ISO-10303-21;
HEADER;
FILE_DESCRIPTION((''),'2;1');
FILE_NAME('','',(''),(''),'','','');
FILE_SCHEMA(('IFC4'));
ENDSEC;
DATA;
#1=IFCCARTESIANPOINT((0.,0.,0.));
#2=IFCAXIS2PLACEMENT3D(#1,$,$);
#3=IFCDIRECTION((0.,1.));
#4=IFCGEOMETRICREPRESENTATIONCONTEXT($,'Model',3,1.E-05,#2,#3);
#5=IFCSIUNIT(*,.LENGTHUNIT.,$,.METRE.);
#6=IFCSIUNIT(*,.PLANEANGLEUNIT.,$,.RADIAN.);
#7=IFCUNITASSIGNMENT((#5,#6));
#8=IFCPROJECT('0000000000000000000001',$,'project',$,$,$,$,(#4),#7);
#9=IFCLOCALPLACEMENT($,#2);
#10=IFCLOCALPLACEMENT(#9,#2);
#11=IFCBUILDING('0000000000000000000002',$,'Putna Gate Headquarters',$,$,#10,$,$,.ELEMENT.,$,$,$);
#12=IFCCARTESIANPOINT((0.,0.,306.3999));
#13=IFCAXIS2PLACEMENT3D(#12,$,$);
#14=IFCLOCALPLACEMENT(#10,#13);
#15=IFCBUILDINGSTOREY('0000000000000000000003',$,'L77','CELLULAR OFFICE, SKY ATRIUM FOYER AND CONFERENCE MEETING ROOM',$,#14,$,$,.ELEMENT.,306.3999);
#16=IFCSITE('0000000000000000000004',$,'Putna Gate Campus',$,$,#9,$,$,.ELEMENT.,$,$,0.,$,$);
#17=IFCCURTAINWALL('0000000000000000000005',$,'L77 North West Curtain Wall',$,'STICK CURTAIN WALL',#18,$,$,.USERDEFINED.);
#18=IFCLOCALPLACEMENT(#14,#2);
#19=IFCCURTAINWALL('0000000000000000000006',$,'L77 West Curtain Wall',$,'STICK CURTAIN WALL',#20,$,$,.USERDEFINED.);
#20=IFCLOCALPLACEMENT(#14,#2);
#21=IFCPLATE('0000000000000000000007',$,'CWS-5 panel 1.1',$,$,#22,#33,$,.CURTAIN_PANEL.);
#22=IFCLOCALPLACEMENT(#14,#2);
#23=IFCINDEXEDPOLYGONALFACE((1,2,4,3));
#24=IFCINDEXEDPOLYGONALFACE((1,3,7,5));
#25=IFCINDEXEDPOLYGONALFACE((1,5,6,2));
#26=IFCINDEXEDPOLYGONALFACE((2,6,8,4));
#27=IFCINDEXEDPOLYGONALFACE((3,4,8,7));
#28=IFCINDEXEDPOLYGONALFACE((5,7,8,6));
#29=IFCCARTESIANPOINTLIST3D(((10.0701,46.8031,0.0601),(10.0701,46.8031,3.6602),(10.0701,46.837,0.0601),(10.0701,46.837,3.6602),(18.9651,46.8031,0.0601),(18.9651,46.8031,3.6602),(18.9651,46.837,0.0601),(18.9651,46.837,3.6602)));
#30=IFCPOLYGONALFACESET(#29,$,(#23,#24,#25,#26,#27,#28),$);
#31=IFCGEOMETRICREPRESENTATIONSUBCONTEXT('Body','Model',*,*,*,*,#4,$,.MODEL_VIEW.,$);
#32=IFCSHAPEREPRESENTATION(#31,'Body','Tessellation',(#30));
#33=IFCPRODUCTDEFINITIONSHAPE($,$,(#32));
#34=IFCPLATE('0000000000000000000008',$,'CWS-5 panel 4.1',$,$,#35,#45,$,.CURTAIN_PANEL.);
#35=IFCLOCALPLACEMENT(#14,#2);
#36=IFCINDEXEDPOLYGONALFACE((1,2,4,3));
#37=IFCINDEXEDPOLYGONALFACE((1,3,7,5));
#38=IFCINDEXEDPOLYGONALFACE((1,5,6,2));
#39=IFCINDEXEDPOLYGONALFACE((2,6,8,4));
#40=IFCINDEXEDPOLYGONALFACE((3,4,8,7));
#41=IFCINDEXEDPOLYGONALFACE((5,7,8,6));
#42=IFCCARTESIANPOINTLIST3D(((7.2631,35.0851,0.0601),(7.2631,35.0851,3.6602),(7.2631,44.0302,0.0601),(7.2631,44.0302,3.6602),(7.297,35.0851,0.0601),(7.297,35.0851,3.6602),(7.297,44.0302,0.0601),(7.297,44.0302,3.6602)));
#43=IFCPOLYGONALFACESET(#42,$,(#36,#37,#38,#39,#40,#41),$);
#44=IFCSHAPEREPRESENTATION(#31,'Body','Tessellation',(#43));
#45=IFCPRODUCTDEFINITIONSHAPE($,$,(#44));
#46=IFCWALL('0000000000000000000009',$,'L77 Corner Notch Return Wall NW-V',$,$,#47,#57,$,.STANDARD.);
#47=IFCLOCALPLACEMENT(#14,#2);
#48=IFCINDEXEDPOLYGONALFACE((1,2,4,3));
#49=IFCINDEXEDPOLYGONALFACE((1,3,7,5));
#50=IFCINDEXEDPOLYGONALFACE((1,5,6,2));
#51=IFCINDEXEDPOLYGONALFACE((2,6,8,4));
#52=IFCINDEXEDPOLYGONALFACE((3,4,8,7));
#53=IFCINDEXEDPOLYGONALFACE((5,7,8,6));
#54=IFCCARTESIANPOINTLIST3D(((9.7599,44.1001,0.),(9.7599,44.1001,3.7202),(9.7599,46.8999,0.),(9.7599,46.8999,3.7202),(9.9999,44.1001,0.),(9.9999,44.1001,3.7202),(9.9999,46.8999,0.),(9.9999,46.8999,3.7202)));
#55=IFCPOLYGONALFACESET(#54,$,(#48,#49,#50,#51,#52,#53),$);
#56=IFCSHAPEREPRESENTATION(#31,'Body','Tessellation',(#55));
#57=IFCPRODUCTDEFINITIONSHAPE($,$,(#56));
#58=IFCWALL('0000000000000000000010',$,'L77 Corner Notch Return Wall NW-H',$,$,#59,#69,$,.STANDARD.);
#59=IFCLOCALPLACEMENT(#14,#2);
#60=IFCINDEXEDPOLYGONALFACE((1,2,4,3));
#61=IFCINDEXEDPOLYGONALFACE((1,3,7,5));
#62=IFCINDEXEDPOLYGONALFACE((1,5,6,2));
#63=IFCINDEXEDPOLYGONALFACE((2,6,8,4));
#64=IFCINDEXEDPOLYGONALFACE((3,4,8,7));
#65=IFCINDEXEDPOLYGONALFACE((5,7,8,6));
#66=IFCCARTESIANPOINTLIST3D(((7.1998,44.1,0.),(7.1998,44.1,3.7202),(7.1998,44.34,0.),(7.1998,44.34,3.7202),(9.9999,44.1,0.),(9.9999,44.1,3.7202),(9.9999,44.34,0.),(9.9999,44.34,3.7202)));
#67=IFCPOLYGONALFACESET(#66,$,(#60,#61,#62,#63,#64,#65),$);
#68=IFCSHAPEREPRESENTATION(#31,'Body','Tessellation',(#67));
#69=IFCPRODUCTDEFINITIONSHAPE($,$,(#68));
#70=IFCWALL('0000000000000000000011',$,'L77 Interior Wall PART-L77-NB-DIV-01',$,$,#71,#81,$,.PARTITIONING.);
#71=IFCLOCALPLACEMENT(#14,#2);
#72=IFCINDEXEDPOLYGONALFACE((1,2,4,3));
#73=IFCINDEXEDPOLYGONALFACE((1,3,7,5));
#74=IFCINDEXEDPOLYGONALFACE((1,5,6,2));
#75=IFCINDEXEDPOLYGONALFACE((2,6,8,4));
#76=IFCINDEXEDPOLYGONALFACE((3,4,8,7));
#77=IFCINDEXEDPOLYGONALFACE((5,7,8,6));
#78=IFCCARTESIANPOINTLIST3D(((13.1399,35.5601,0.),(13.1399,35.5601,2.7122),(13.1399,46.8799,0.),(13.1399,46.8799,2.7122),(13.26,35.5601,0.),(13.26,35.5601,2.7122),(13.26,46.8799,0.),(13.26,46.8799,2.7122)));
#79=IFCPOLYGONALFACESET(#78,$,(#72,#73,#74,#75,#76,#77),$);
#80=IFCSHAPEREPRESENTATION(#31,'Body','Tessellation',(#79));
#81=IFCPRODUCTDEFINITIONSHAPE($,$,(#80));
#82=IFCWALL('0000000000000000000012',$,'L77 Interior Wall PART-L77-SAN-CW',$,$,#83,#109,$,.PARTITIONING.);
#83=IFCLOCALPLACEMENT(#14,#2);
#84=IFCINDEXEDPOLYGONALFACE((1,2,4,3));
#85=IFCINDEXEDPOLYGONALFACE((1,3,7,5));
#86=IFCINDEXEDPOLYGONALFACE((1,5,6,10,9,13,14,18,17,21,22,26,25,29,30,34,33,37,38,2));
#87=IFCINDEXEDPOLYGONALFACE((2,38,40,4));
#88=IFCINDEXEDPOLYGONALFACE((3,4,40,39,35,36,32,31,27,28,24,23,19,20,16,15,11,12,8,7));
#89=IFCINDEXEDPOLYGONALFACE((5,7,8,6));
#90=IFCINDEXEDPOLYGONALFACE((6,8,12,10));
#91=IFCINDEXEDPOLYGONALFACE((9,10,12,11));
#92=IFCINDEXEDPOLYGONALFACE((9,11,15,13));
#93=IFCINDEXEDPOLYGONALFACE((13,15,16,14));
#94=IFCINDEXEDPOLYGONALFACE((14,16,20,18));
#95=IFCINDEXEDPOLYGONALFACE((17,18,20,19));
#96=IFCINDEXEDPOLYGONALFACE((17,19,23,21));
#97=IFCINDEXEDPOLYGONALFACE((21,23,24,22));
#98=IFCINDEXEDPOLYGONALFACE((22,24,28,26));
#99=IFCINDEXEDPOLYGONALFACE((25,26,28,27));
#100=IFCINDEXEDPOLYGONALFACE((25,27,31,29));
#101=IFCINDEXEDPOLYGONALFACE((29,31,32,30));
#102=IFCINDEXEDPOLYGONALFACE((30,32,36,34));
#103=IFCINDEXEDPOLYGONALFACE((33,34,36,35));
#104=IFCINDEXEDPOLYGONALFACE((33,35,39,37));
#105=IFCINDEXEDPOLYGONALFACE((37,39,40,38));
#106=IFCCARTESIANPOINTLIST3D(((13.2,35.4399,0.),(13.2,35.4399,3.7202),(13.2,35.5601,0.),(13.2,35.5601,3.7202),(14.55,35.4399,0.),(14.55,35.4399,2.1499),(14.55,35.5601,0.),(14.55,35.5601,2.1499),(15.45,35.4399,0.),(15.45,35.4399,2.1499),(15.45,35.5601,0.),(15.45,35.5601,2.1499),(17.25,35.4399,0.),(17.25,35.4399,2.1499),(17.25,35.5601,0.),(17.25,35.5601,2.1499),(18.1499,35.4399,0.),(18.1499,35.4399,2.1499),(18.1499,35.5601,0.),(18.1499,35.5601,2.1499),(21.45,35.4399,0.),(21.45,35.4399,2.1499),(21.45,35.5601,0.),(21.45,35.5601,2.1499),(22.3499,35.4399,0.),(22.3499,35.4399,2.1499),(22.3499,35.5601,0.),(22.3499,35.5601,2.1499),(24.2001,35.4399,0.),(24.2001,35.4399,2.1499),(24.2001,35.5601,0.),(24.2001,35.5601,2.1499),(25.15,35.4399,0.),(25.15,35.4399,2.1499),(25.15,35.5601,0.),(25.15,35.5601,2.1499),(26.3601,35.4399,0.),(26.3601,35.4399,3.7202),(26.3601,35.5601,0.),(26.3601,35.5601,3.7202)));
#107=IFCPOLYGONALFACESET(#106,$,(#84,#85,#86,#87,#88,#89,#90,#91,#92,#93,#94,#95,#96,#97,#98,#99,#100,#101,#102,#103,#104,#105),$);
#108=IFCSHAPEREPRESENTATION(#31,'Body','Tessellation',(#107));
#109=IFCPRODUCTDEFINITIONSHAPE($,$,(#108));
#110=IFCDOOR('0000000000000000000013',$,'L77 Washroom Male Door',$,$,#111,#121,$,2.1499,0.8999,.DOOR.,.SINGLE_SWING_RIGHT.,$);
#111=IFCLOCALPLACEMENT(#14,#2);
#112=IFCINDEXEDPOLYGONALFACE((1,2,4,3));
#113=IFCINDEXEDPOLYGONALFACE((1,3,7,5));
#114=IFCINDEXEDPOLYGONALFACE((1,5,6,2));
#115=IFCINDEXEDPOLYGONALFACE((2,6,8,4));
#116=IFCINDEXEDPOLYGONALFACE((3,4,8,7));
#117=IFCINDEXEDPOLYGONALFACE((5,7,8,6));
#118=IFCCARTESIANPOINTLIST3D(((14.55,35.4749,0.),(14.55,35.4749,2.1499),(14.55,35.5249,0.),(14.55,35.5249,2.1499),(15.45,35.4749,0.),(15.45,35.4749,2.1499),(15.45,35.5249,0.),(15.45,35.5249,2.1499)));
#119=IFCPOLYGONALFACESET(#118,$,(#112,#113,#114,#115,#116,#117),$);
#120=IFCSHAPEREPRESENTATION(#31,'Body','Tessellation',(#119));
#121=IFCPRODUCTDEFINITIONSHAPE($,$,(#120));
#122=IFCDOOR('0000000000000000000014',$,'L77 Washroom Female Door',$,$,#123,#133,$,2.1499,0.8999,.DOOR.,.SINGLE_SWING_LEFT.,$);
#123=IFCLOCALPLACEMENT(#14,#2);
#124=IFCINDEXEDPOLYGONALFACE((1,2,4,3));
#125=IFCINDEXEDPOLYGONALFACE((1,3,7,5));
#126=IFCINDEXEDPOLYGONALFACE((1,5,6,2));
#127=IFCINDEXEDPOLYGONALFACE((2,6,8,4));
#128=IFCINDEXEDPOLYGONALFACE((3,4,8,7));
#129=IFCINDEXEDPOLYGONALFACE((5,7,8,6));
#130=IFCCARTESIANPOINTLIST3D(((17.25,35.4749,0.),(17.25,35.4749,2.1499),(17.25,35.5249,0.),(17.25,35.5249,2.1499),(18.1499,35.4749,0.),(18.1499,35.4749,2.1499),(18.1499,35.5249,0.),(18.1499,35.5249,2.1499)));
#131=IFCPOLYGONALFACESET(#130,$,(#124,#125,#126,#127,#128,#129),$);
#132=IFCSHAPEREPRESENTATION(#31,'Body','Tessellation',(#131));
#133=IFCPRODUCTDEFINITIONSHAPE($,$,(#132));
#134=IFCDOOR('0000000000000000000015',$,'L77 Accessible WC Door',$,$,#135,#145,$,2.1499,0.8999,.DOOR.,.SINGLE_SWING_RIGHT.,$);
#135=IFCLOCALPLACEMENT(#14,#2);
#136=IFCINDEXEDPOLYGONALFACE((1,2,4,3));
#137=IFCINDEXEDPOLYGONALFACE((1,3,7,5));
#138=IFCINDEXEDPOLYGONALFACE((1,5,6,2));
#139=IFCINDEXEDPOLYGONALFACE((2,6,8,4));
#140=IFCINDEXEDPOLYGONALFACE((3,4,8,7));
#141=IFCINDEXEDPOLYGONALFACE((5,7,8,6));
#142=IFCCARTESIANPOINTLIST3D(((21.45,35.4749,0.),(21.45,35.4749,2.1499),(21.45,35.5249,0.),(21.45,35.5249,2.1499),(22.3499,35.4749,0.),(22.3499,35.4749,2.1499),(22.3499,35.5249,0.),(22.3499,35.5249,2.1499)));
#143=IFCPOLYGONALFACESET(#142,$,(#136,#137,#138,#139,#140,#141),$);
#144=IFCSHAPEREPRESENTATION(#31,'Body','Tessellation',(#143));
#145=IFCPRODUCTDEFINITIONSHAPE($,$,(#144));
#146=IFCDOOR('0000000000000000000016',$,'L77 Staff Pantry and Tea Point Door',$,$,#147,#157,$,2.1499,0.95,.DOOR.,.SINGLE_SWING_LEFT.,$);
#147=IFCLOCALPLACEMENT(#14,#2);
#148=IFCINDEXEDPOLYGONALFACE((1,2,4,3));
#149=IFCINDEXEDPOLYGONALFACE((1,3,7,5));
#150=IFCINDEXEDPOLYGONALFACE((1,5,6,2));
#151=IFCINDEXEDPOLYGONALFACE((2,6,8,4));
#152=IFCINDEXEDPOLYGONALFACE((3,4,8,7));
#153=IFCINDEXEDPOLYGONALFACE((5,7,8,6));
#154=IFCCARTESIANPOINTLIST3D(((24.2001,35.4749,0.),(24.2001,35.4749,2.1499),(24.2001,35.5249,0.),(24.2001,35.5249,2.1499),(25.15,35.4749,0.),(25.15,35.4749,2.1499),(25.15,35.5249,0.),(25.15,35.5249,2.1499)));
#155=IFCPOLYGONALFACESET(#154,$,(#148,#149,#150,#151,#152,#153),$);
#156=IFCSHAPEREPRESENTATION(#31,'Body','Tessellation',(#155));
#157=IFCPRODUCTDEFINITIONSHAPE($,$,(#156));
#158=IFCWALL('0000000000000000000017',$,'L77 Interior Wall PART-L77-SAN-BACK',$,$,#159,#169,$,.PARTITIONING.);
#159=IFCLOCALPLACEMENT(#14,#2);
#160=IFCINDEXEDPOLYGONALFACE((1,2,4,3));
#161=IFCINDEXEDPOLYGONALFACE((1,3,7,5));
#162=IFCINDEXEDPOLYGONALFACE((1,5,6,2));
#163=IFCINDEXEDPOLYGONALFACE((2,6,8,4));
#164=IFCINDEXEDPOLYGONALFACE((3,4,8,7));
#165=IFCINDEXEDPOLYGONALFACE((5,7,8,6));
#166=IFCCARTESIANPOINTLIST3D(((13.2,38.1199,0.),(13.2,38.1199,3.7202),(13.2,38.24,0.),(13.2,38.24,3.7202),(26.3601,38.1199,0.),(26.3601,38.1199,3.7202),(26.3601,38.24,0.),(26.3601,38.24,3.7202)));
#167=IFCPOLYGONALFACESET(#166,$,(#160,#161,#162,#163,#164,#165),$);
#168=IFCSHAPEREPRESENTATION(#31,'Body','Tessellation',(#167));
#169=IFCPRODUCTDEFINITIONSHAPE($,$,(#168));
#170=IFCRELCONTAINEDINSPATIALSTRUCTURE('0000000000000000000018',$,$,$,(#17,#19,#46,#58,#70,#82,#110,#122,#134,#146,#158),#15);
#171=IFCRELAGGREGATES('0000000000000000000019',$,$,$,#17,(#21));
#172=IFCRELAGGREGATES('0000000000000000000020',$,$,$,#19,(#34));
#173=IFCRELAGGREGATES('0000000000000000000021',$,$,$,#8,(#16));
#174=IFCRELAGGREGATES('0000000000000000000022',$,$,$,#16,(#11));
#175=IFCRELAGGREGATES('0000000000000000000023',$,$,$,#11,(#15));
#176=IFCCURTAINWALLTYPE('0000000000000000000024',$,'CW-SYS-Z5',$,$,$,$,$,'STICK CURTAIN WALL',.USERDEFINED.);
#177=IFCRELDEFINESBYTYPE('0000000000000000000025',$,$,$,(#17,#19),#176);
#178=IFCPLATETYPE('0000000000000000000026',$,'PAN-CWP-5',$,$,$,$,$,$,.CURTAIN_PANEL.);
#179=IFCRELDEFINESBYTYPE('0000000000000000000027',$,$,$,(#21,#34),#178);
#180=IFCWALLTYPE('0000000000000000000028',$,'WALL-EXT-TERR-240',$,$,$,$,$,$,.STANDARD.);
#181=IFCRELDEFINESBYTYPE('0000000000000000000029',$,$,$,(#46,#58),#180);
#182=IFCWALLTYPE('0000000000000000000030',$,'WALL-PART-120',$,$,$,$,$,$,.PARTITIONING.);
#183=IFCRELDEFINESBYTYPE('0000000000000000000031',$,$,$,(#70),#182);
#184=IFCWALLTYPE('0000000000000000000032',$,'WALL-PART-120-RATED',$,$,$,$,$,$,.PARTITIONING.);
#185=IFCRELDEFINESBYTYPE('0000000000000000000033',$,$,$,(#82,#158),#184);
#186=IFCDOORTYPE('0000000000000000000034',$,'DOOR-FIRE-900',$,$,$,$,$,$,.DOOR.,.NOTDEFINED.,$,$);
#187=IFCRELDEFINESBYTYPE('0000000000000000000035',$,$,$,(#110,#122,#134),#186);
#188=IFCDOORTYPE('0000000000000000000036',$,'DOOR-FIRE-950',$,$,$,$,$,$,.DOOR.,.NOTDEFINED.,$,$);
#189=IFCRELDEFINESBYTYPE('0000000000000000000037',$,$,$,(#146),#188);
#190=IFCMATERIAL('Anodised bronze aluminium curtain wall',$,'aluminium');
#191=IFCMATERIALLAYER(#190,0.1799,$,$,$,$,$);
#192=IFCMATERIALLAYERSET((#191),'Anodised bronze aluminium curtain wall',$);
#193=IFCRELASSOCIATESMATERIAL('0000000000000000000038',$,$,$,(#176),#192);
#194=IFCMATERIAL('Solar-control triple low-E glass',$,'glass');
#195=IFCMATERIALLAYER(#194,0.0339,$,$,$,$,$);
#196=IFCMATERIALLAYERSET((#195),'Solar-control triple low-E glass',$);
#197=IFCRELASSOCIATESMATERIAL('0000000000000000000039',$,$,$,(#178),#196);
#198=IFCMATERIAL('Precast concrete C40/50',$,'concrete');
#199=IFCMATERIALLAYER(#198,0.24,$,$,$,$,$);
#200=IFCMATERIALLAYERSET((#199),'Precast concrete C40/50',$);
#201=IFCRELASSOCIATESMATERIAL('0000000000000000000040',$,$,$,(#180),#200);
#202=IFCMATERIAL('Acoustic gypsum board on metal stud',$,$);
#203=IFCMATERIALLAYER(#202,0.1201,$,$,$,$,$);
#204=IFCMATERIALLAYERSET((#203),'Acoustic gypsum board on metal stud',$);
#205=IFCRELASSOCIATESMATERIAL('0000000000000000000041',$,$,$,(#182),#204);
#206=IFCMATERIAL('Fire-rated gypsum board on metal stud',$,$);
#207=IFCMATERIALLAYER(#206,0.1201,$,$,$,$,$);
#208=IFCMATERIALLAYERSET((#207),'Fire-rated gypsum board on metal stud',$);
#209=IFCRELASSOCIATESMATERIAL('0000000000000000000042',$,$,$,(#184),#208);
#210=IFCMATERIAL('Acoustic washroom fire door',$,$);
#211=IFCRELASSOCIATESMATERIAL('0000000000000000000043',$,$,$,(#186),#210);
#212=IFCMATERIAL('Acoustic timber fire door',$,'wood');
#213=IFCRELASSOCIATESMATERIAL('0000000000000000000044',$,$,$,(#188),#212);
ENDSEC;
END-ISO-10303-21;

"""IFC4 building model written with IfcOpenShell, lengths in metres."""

from ifc_helpers import new_model, si_unit, direction, frame, frame_2d, origin, origin_2d, place, context, subcontext, project, spatial, rectangle, extrude, material, layer, layer_set, type_object, element, fill, aggregate, save


model = new_model("IFC4")

# Units and contexts
model_context = context("Model", 3, precision=1e-05, world=origin(), true_north=direction((0.0, 1.0)))
body_context = subcontext(model_context, "Body", "Model", "MODEL_VIEW")
ifc_project = project(units=[si_unit("LENGTHUNIT", "METRE"), si_unit("PLANEANGLEUNIT", "RADIAN")], contexts=[model_context])

# Site, building, storey
site_placement = place(None, origin())
site = spatial("IfcSite", under=ifc_project, at=site_placement, Name="Putna Gate Campus", CompositionType="ELEMENT", RefElevation=0.0)
building_placement = place(site_placement, origin())
building = spatial("IfcBuilding", under=site, at=building_placement, Name="Putna Gate Headquarters", CompositionType="ELEMENT")
storey_placement = place(building_placement, frame((0.0, 0.0, 306.3999)))
storey = spatial("IfcBuildingStorey", under=building, at=storey_placement, Name="L77", Description="CELLULAR OFFICE, SKY ATRIUM FOYER AND CONFERENCE MEETING ROOM", CompositionType="ELEMENT", Elevation=306.3999)

# Curtain wall
ifc_material_1 = material(Name="Anodised bronze aluminium curtain wall", Category="aluminium")
ifc_layer_1 = layer(ifc_material_1, 0.1799)
ifc_layer_set_1 = layer_set([ifc_layer_1], Name="Anodised bronze aluminium curtain wall")
curtain_wall_type = type_object("IfcCurtainWallType", Name="CW-SYS-Z5", ElementType="STICK CURTAIN WALL", PredefinedType="USERDEFINED", material=ifc_layer_set_1)
curtain_wall_1_placement = place(storey_placement, origin())
curtain_wall_1 = element("IfcCurtainWall", 1, at=curtain_wall_1_placement, inside=storey, type_object=curtain_wall_type, Name="L77 North West Curtain Wall", ObjectType="STICK CURTAIN WALL", PredefinedType="USERDEFINED")

# Curtain wall
curtain_wall_2_placement = place(storey_placement, origin())
curtain_wall_2 = element("IfcCurtainWall", 2, at=curtain_wall_2_placement, inside=storey, type_object=curtain_wall_type, Name="L77 West Curtain Wall", ObjectType="STICK CURTAIN WALL", PredefinedType="USERDEFINED")

# Plates
ifc_material_2 = material(Name="Solar-control triple low-E glass", Category="glass")
ifc_layer_2 = layer(ifc_material_2, 0.0339)
ifc_layer_set_2 = layer_set([ifc_layer_2], Name="Solar-control triple low-E glass")
plate_type = type_object("IfcPlateType", Name="PAN-CWP-5", PredefinedType="CURTAIN_PANEL", material=ifc_layer_set_2)
plate_1_placement = place(storey_placement, frame((14.5176, 46.8201, 0.0601), z_axis=(0.0, 0.0, 1.0), x_axis=(1.0, 0.0, 0.0)))
plate_1 = element("IfcPlate", 3, at=plate_1_placement, type_object=plate_type, Name="CWS-5 panel 1.1", PredefinedType="CURTAIN_PANEL", context=body_context, shape_type="SweptSolid", body=[
    extrude(rectangle(XDim=8.895, YDim=0.0339, at=origin_2d()), origin(), (0.0, 0.0, 1.0), 3.6001),
])
aggregate(curtain_wall_1, [plate_1])
plate_2_placement = place(storey_placement, frame((7.28, 39.5576, 0.0601), z_axis=(0.0, 0.0, 1.0), x_axis=(0.0, 1.0, 0.0)))
plate_2 = element("IfcPlate", 4, at=plate_2_placement, type_object=plate_type, Name="CWS-5 panel 4.1", PredefinedType="CURTAIN_PANEL", context=body_context, shape_type="SweptSolid", body=[
    extrude(rectangle(XDim=8.9451, YDim=0.0339, at=origin_2d()), origin(), (0.0, 0.0, 1.0), 3.6001),
])
aggregate(curtain_wall_2, [plate_2])

# Walls
ifc_material_3 = material(Name="Precast concrete C40/50", Category="concrete")
ifc_layer_3 = layer(ifc_material_3, 0.24)
ifc_layer_set_3 = layer_set([ifc_layer_3], Name="Precast concrete C40/50")
wall_type_1 = type_object("IfcWallType", Name="WALL-EXT-TERR-240", PredefinedType="STANDARD", material=ifc_layer_set_3)
wall_1_placement = place(storey_placement, frame((9.8799, 44.1001, 0.0), z_axis=(0.0, 0.0, 1.0), x_axis=(0.0, 1.0, 0.0)))
element("IfcWall", 5, at=wall_1_placement, inside=storey, type_object=wall_type_1, Name="L77 Corner Notch Return Wall NW-V", PredefinedType="STANDARD", context=body_context, shape_type="SweptSolid", body=[
    extrude(rectangle(XDim=2.7998, YDim=0.24, at=frame_2d((1.3999, 0.0))), origin(), (0.0, 0.0, 1.0), 3.7202),
])
wall_2_placement = place(storey_placement, frame((7.2, 44.22, 0.0), z_axis=(0.0, 0.0, 1.0), x_axis=(1.0, 0.0, 0.0)))
element("IfcWall", 6, at=wall_2_placement, inside=storey, type_object=wall_type_1, Name="L77 Corner Notch Return Wall NW-H", PredefinedType="STANDARD", context=body_context, shape_type="SweptSolid", body=[
    extrude(rectangle(XDim=2.8, YDim=0.24, at=frame_2d((1.3999, 0.0))), origin(), (0.0, 0.0, 1.0), 3.7202),
])
ifc_material_4 = material(Name="Acoustic gypsum board on metal stud")
ifc_layer_4 = layer(ifc_material_4, 0.1201)
ifc_layer_set_4 = layer_set([ifc_layer_4], Name="Acoustic gypsum board on metal stud")
wall_type_2 = type_object("IfcWallType", Name="WALL-PART-120", PredefinedType="PARTITIONING", material=ifc_layer_set_4)
wall_3_placement = place(storey_placement, frame((13.2, 35.5601, 0.0), z_axis=(0.0, 0.0, 1.0), x_axis=(0.0, 1.0, 0.0)))
element("IfcWall", 7, at=wall_3_placement, inside=storey, type_object=wall_type_2, Name="L77 Interior Wall PART-L77-NB-DIV-01", PredefinedType="PARTITIONING", context=body_context, shape_type="SweptSolid", body=[
    extrude(rectangle(XDim=11.3198, YDim=0.1201, at=frame_2d((5.6599, 0.0))), origin(), (0.0, 0.0, 1.0), 2.7122),
])

# Wall, openings, doors
ifc_material_5 = material(Name="Fire-rated gypsum board on metal stud")
ifc_layer_5 = layer(ifc_material_5, 0.1201)
ifc_layer_set_5 = layer_set([ifc_layer_5], Name="Fire-rated gypsum board on metal stud")
wall_type_3 = type_object("IfcWallType", Name="WALL-PART-120-RATED", PredefinedType="PARTITIONING", material=ifc_layer_set_5)
wall_4_placement = place(storey_placement, frame((13.2, 35.5, 0.0), z_axis=(0.0, 0.0, 1.0), x_axis=(1.0, 0.0, 0.0)))
wall_4 = element("IfcWall", 8, at=wall_4_placement, inside=storey, type_object=wall_type_3, Name="L77 Interior Wall PART-L77-SAN-CW", PredefinedType="PARTITIONING", context=body_context, shape_type="SweptSolid", body=[
    extrude(rectangle(XDim=13.1602, YDim=0.1201, at=frame_2d((6.5801, 0.0))), origin(), (0.0, 0.0, 1.0), 3.7202),
])
opening_1_placement = place(wall_4_placement, frame((1.3501, 0.0, 0.0)))
opening_1 = element("IfcOpeningElement", 9, at=opening_1_placement, cuts=wall_4, PredefinedType="OPENING", context=body_context, shape_type="SweptSolid", body=[
    extrude(rectangle(XDim=0.8999, YDim=2.1499, at=frame_2d((0.45, 1.075))), frame((0.0, 0.0701, 0.0), z_axis=(0.0, -1.0, 0.0), x_axis=(1.0, 0.0, 0.0)), (0.0, 0.0, 1.0), 0.1401),
])
opening_2_placement = place(wall_4_placement, frame((4.05, 0.0, 0.0)))
opening_2 = element("IfcOpeningElement", 10, at=opening_2_placement, cuts=wall_4, PredefinedType="OPENING", context=body_context, shape_type="SweptSolid", body=[
    extrude(rectangle(XDim=0.8999, YDim=2.1499, at=frame_2d((0.45, 1.075))), frame((0.0, 0.0701, 0.0), z_axis=(0.0, -1.0, 0.0), x_axis=(1.0, 0.0, 0.0)), (0.0, 0.0, 1.0), 0.1401),
])
opening_3_placement = place(wall_4_placement, frame((8.25, 0.0, 0.0)))
opening_3 = element("IfcOpeningElement", 11, at=opening_3_placement, cuts=wall_4, PredefinedType="OPENING", context=body_context, shape_type="SweptSolid", body=[
    extrude(rectangle(XDim=0.8999, YDim=2.1499, at=frame_2d((0.45, 1.075))), frame((0.0, 0.0701, 0.0), z_axis=(0.0, -1.0, 0.0), x_axis=(1.0, 0.0, 0.0)), (0.0, 0.0, 1.0), 0.1401),
])
opening_4_placement = place(wall_4_placement, frame((11.0, 0.0, 0.0)))
opening_4 = element("IfcOpeningElement", 12, at=opening_4_placement, cuts=wall_4, PredefinedType="OPENING", context=body_context, shape_type="SweptSolid", body=[
    extrude(rectangle(XDim=0.95, YDim=2.1499, at=frame_2d((0.4751, 1.075))), frame((0.0, 0.0701, 0.0), z_axis=(0.0, -1.0, 0.0), x_axis=(1.0, 0.0, 0.0)), (0.0, 0.0, 1.0), 0.1401),
])
ifc_material_6 = material(Name="Acoustic washroom fire door")
door_type_1 = type_object("IfcDoorType", Name="DOOR-FIRE-900", OperationType="NOTDEFINED", PredefinedType="DOOR", material=ifc_material_6)
door_1_placement = place(opening_1_placement, origin())
door_1 = element("IfcDoor", 13, at=door_1_placement, inside=storey, type_object=door_type_1, Name="L77 Washroom Male Door", OperationType="SINGLE_SWING_RIGHT", OverallHeight=2.1499, OverallWidth=0.8999, PredefinedType="DOOR", context=body_context, shape_type="SweptSolid", body=[
    extrude(rectangle(XDim=0.8999, YDim=2.1499, at=frame_2d((0.45, 1.075))), frame((0.0, 0.0249, 0.0), z_axis=(0.0, -1.0, 0.0), x_axis=(1.0, 0.0, 0.0)), (0.0, 0.0, 1.0), 0.05),
])
fill(opening_1, door_1)
door_2_placement = place(opening_2_placement, origin())
door_2 = element("IfcDoor", 14, at=door_2_placement, inside=storey, type_object=door_type_1, Name="L77 Washroom Female Door", OperationType="SINGLE_SWING_LEFT", OverallHeight=2.1499, OverallWidth=0.8999, PredefinedType="DOOR", context=body_context, shape_type="SweptSolid", body=[
    extrude(rectangle(XDim=0.8999, YDim=2.1499, at=frame_2d((0.45, 1.075))), frame((0.0, 0.0249, 0.0), z_axis=(0.0, -1.0, 0.0), x_axis=(1.0, 0.0, 0.0)), (0.0, 0.0, 1.0), 0.05),
])
fill(opening_2, door_2)
door_3_placement = place(opening_3_placement, origin())
door_3 = element("IfcDoor", 15, at=door_3_placement, inside=storey, type_object=door_type_1, Name="L77 Accessible WC Door", OperationType="SINGLE_SWING_RIGHT", OverallHeight=2.1499, OverallWidth=0.8999, PredefinedType="DOOR", context=body_context, shape_type="SweptSolid", body=[
    extrude(rectangle(XDim=0.8999, YDim=2.1499, at=frame_2d((0.45, 1.075))), frame((0.0, 0.0249, 0.0), z_axis=(0.0, -1.0, 0.0), x_axis=(1.0, 0.0, 0.0)), (0.0, 0.0, 1.0), 0.05),
])
fill(opening_3, door_3)
ifc_material_7 = material(Name="Acoustic timber fire door", Category="wood")
door_type_2 = type_object("IfcDoorType", Name="DOOR-FIRE-950", OperationType="NOTDEFINED", PredefinedType="DOOR", material=ifc_material_7)
door_4_placement = place(opening_4_placement, origin())
door_4 = element("IfcDoor", 16, at=door_4_placement, inside=storey, type_object=door_type_2, Name="L77 Staff Pantry and Tea Point Door", OperationType="SINGLE_SWING_LEFT", OverallHeight=2.1499, OverallWidth=0.95, PredefinedType="DOOR", context=body_context, shape_type="SweptSolid", body=[
    extrude(rectangle(XDim=0.95, YDim=2.1499, at=frame_2d((0.4751, 1.075))), frame((0.0, 0.0249, 0.0), z_axis=(0.0, -1.0, 0.0), x_axis=(1.0, 0.0, 0.0)), (0.0, 0.0, 1.0), 0.05),
])
fill(opening_4, door_4)

# Wall
wall_5_placement = place(storey_placement, frame((13.2, 38.1799, 0.0), z_axis=(0.0, 0.0, 1.0), x_axis=(1.0, 0.0, 0.0)))
element("IfcWall", 17, at=wall_5_placement, inside=storey, type_object=wall_type_3, Name="L77 Interior Wall PART-L77-SAN-BACK", PredefinedType="PARTITIONING", context=body_context, shape_type="SweptSolid", body=[
    extrude(rectangle(XDim=13.1602, YDim=0.1201, at=frame_2d((6.5801, 0.0))), origin(), (0.0, 0.0, 1.0), 3.7202),
])

save(model, "model.ifc")
